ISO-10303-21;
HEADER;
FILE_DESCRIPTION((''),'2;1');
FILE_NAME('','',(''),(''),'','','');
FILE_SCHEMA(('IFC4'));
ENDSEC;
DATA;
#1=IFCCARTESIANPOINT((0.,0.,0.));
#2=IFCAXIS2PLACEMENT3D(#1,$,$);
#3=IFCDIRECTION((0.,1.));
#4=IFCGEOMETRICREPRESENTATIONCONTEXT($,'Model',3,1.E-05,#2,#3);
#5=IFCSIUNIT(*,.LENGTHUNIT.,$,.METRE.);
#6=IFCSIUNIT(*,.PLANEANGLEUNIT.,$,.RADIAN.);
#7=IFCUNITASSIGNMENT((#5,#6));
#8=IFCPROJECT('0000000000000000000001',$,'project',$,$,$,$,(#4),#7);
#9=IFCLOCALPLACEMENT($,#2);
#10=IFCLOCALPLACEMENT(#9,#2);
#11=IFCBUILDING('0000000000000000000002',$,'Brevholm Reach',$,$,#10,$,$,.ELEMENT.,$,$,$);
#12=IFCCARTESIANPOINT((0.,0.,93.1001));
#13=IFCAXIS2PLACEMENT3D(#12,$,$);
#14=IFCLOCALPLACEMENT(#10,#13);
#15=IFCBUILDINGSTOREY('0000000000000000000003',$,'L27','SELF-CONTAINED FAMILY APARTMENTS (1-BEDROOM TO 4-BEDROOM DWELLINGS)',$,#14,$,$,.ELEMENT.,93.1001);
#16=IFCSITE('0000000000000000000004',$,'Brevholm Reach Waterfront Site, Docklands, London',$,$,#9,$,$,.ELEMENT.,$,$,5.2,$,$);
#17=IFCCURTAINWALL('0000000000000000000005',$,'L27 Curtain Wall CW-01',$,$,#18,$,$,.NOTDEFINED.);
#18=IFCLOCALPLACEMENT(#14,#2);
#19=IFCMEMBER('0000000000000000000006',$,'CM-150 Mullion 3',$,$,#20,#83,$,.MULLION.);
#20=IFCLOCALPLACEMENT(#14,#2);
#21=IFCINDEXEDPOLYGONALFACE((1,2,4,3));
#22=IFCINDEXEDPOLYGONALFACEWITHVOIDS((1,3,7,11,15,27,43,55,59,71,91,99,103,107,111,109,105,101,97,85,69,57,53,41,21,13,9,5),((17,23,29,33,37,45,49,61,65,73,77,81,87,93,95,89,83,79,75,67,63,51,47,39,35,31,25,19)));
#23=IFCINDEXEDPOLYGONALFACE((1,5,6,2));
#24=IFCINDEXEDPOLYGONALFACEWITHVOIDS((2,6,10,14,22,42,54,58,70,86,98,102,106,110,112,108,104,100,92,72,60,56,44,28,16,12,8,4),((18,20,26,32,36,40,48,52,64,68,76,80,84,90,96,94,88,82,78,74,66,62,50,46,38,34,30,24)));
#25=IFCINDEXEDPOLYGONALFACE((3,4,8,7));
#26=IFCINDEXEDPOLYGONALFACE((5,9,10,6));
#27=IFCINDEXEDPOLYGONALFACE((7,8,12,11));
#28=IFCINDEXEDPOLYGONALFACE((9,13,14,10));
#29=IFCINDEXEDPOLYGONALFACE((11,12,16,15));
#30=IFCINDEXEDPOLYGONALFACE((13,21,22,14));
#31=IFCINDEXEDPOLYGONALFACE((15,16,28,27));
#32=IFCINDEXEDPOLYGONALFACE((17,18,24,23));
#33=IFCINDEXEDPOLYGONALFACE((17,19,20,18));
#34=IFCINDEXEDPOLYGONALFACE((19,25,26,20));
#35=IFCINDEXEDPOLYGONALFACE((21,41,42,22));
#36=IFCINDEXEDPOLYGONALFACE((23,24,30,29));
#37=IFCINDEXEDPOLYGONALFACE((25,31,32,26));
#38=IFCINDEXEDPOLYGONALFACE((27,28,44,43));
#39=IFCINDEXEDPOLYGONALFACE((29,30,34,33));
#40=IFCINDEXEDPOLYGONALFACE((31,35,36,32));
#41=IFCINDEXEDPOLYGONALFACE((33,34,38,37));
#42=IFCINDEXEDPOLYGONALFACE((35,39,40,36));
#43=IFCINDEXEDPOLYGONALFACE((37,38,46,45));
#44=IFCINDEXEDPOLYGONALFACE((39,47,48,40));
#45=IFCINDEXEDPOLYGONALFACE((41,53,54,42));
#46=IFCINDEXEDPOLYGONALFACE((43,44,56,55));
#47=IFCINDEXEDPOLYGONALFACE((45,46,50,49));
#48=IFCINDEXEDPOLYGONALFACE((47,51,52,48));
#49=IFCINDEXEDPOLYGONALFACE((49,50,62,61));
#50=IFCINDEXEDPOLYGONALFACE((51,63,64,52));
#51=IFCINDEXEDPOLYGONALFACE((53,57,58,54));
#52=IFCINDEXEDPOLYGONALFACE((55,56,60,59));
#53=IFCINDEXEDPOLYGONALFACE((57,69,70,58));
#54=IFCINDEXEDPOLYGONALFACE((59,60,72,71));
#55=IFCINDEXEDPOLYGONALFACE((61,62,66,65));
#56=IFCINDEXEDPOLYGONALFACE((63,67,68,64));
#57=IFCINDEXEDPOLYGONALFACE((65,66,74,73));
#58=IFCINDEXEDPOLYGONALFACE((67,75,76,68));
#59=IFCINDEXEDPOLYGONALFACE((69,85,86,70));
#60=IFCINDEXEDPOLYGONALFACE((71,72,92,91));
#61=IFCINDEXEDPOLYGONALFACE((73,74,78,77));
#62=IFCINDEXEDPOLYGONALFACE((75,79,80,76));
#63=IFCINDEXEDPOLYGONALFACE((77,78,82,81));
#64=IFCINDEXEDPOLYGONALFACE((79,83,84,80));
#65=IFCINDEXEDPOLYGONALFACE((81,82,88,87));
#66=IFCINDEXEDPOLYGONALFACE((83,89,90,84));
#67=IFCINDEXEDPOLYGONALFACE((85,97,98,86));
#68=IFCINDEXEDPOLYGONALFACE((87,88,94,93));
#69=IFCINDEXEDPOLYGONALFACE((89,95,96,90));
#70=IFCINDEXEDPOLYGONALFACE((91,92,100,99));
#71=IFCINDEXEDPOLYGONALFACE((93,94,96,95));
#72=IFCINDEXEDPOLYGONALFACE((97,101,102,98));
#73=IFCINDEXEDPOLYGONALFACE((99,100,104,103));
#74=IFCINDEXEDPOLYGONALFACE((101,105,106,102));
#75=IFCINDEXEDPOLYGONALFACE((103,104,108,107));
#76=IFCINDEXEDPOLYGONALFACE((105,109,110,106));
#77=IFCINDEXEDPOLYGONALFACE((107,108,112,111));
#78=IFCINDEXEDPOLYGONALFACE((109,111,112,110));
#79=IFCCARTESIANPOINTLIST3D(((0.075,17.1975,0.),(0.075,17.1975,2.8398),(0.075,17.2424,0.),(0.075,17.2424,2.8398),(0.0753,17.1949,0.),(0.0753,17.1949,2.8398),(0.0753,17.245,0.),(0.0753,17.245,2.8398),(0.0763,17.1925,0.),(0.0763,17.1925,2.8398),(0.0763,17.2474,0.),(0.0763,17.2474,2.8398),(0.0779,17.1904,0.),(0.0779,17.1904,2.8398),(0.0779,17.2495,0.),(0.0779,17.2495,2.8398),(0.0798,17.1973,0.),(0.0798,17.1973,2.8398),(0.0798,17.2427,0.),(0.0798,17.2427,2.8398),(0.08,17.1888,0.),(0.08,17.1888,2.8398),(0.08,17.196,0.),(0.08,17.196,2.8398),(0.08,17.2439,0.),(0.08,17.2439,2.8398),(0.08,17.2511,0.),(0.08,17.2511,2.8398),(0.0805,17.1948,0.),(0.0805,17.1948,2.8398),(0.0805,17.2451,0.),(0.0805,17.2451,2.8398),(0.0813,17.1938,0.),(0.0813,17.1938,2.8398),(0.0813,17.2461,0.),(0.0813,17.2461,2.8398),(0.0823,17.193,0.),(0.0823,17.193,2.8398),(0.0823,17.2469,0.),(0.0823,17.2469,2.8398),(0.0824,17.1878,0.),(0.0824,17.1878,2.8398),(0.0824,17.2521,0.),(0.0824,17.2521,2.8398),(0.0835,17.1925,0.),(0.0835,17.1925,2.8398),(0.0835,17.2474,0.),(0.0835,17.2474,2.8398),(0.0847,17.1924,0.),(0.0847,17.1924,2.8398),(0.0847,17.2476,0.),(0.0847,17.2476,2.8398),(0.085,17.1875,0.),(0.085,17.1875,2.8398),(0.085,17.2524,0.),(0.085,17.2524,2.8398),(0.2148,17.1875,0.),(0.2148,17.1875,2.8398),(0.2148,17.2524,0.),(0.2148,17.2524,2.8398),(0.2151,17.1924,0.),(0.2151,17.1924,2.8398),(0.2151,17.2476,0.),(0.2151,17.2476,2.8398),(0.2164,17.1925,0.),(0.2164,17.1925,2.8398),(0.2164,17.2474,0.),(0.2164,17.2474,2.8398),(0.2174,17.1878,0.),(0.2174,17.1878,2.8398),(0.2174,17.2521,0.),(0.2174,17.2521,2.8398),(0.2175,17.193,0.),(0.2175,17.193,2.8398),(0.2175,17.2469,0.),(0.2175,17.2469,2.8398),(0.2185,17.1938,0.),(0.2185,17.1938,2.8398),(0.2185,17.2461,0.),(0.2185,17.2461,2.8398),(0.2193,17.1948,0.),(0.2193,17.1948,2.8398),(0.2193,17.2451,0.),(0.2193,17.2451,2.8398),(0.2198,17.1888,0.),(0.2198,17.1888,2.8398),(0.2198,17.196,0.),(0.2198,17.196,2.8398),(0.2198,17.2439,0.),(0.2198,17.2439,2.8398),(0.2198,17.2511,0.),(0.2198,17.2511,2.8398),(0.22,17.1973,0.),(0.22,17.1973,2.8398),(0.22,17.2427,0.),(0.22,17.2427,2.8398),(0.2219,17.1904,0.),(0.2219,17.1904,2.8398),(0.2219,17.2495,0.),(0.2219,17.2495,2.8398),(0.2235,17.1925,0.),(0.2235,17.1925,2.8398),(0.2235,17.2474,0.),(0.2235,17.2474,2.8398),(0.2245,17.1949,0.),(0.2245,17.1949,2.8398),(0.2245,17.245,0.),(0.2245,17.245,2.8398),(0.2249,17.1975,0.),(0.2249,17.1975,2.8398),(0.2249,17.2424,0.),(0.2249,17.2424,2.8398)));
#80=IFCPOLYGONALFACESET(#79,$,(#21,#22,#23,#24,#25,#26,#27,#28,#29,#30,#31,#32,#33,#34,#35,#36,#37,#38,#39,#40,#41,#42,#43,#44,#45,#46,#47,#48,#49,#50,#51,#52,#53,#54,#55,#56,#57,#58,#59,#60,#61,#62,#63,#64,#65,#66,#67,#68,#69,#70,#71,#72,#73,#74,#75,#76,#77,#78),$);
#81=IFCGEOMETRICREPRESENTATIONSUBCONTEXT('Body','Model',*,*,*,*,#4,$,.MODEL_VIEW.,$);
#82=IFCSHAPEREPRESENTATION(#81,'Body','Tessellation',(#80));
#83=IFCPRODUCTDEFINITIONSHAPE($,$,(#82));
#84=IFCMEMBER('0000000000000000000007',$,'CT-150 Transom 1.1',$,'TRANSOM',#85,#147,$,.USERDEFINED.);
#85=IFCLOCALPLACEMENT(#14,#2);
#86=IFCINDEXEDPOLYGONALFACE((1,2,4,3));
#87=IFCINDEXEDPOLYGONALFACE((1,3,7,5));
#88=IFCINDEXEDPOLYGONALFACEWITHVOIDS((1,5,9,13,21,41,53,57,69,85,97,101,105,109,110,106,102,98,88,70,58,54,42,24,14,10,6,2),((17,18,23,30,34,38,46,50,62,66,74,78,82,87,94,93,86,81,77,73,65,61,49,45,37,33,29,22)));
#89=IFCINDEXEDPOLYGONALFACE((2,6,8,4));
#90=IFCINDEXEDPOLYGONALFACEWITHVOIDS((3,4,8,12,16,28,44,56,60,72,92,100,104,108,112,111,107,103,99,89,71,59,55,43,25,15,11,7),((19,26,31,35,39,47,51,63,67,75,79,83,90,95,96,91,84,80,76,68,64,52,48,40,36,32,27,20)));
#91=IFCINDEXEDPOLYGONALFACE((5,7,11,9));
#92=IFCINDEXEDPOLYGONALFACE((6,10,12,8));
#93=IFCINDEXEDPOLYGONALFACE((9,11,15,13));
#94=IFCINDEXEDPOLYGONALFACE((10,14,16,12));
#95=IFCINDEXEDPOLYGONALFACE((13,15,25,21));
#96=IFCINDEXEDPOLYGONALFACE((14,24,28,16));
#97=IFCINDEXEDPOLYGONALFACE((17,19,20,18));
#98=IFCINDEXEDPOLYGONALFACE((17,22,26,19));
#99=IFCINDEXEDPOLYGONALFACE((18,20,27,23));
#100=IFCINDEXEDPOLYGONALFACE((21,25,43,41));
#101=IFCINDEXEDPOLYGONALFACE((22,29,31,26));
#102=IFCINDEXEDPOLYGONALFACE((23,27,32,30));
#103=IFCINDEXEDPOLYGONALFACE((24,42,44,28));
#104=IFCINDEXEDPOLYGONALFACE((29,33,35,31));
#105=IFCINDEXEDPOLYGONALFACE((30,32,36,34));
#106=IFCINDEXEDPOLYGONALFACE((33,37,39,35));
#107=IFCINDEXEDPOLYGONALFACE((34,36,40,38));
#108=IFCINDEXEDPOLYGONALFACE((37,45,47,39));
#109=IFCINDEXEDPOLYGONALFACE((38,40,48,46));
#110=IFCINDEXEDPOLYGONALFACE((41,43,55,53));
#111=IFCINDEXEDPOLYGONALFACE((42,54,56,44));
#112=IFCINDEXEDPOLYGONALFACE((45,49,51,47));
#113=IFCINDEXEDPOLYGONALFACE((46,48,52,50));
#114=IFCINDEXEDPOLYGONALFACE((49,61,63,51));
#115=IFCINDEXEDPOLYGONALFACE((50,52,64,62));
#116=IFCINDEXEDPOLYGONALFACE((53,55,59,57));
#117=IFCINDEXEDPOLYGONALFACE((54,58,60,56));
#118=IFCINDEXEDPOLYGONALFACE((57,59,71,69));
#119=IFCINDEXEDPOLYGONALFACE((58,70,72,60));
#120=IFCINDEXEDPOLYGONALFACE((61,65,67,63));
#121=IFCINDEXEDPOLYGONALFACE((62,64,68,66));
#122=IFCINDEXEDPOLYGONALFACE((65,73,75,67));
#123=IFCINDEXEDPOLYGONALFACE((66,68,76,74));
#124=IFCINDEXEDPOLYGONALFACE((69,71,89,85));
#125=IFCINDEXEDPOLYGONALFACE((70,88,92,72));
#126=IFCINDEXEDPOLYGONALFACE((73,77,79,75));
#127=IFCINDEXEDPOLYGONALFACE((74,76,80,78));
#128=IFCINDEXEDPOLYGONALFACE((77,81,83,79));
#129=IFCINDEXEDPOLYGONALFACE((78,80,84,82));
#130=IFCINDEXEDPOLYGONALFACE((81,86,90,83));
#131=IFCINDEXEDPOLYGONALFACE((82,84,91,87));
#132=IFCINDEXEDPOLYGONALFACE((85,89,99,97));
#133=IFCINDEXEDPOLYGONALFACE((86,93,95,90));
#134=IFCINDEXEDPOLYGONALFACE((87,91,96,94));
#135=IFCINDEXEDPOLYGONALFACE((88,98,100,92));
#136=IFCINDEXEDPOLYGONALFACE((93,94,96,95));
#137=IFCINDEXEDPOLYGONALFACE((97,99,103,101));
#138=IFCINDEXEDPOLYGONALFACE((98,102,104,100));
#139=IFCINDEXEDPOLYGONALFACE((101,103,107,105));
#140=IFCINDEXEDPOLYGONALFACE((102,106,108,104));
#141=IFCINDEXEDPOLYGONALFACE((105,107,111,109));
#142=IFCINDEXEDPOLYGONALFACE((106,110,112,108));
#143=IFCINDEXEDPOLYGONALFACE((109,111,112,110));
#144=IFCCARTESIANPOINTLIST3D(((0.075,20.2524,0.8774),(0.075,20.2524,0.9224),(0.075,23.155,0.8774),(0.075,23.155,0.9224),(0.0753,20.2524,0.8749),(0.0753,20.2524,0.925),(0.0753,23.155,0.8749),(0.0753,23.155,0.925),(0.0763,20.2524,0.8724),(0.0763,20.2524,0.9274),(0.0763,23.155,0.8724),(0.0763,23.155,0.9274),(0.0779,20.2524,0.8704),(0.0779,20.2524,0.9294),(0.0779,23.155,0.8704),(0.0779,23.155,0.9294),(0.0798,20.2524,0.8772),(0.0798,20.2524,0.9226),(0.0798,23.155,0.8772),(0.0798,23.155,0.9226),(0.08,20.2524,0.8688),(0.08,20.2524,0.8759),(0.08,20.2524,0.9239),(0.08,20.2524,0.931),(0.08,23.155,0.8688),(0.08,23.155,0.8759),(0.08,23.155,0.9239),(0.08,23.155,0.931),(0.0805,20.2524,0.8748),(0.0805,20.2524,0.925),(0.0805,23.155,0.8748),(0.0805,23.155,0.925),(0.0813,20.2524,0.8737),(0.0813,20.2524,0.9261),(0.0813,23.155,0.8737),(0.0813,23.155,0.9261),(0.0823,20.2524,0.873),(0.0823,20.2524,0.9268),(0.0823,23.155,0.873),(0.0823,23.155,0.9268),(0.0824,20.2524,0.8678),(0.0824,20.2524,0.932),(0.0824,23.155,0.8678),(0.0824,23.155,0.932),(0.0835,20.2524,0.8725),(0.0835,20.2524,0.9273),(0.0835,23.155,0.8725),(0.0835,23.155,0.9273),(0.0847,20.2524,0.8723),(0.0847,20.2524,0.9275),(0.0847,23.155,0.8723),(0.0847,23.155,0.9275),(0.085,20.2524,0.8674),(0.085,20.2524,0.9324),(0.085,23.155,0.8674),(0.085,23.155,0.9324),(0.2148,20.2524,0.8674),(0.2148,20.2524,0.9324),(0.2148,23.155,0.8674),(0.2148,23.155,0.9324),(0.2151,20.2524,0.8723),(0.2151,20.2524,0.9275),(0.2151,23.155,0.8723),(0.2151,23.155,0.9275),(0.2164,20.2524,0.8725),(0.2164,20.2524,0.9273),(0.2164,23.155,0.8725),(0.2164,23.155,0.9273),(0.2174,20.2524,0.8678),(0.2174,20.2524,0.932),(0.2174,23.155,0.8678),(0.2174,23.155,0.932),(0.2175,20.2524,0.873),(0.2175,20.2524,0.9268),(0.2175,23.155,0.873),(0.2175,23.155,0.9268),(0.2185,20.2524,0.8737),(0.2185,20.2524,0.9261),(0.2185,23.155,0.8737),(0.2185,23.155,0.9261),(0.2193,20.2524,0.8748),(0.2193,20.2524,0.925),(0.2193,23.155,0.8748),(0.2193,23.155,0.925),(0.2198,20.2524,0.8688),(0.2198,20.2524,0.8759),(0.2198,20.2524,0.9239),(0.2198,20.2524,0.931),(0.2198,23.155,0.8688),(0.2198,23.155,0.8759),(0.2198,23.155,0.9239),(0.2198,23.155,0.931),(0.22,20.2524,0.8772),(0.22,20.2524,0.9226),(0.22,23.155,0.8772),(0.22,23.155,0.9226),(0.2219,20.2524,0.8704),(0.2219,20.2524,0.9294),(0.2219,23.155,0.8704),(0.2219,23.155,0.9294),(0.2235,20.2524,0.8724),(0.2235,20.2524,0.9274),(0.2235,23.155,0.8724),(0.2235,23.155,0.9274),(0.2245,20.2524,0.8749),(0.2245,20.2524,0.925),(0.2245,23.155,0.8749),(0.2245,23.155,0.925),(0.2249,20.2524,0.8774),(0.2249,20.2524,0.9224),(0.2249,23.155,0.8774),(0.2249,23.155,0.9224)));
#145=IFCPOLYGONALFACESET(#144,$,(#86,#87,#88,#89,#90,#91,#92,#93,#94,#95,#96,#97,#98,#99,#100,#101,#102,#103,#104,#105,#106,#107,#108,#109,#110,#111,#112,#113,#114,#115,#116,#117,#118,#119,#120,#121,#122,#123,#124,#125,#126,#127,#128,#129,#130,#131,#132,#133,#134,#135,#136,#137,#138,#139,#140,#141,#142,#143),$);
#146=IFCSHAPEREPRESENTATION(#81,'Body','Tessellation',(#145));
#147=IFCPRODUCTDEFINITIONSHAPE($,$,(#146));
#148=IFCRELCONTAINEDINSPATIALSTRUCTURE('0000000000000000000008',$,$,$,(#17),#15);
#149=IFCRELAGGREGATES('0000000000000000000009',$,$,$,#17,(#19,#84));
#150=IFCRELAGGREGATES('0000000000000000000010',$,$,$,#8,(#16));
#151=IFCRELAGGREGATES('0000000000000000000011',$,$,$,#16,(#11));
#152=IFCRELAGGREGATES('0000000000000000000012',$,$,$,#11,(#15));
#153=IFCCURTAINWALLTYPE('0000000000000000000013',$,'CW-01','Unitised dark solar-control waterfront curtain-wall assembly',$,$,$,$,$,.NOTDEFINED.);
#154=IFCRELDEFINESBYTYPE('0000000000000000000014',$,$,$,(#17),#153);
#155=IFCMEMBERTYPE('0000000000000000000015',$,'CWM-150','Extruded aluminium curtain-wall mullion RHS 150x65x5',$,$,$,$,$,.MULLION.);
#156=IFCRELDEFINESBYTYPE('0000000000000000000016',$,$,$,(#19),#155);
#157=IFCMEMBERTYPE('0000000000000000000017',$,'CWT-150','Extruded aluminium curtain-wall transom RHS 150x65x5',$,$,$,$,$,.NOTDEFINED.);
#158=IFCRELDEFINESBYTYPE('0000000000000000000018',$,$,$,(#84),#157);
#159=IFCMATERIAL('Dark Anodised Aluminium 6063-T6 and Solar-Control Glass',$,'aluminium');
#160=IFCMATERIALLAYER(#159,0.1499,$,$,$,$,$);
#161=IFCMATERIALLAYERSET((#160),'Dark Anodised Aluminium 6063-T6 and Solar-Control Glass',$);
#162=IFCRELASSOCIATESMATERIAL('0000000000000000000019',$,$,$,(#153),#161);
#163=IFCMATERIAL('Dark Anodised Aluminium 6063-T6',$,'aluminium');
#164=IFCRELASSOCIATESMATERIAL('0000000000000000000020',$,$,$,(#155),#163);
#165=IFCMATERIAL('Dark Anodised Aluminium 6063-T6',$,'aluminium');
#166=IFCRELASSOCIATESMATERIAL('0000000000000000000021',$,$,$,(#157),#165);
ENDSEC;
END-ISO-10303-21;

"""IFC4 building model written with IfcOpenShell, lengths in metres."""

from ifc_helpers import new_model, si_unit, direction, frame, origin, origin_2d, place, context, subcontext, project, spatial, hollow_rectangle, extrude, material, layer, layer_set, material_profile, profile_set, type_object, element, aggregate, save


model = new_model("IFC4")

# Units and contexts
model_context = context("Model", 3, precision=1e-05, world=origin(), true_north=direction((0.0, 1.0)))
body_context = subcontext(model_context, "Body", "Model", "MODEL_VIEW")
ifc_project = project(units=[si_unit("LENGTHUNIT", "METRE"), si_unit("PLANEANGLEUNIT", "RADIAN")], contexts=[model_context])

# Site, building, storey
site_placement = place(None, origin())
site = spatial("IfcSite", under=ifc_project, at=site_placement, Name="Brevholm Reach Waterfront Site, Docklands, London", CompositionType="ELEMENT", RefElevation=5.2)
building_placement = place(site_placement, origin())
building = spatial("IfcBuilding", under=site, at=building_placement, Name="Brevholm Reach", CompositionType="ELEMENT")
storey_placement = place(building_placement, frame((0.0, 0.0, 93.1001)))
storey = spatial("IfcBuildingStorey", under=building, at=storey_placement, Name="L27", Description="SELF-CONTAINED FAMILY APARTMENTS (1-BEDROOM TO 4-BEDROOM DWELLINGS)", CompositionType="ELEMENT", Elevation=93.1001)

# Curtain wall, members
ifc_material_1 = material(Name="Dark Anodised Aluminium 6063-T6 and Solar-Control Glass", Category="aluminium")
ifc_layer_1 = layer(ifc_material_1, 0.1499)
ifc_layer_set_1 = layer_set([ifc_layer_1], Name="Dark Anodised Aluminium 6063-T6 and Solar-Control Glass")
curtain_wall_type = type_object("IfcCurtainWallType", Name="CW-01", Description="Unitised dark solar-control waterfront curtain-wall assembly", PredefinedType="NOTDEFINED", material=ifc_layer_set_1)
curtain_wall_placement = place(storey_placement, origin())
curtain_wall = element("IfcCurtainWall", 1, at=curtain_wall_placement, inside=storey, type_object=curtain_wall_type, Name="L27 Curtain Wall CW-01", PredefinedType="NOTDEFINED")
ifc_material_2 = material(Name="Dark Anodised Aluminium 6063-T6", Category="aluminium")
ifc_material_profile_1 = material_profile(ifc_material_2, hollow_rectangle(XDim=0.0649, YDim=0.1499, WallThickness=0.0049, InnerFilletRadius=0.0049, OuterFilletRadius=0.01, at=origin_2d()), Name="RHS 150x65x5")
ifc_profile_set_1 = profile_set([ifc_material_profile_1], Name="Dark Anodised Aluminium 6063-T6")
member_type_1 = type_object("IfcMemberType", Name="CWM-150", Description="Extruded aluminium curtain-wall mullion RHS 150x65x5", PredefinedType="MULLION", material=ifc_profile_set_1)
member_1_placement = place(storey_placement, frame((0.1499, 17.22, 0.0), z_axis=(0.0, 0.0, 1.0), x_axis=(0.0, -1.0, 0.0)))
member_1 = element("IfcMember", 2, at=member_1_placement, type_object=member_type_1, Name="CM-150 Mullion 3", PredefinedType="MULLION", context=body_context, shape_type="SweptSolid", body=[
    extrude(hollow_rectangle(XDim=0.0649, YDim=0.1499, WallThickness=0.0049, InnerFilletRadius=0.0049, OuterFilletRadius=0.01, at=origin_2d()), origin(), (0.0, 0.0, 1.0), 2.8398),
])
ifc_material_3 = material(Name="Dark Anodised Aluminium 6063-T6", Category="aluminium")
ifc_material_profile_2 = material_profile(ifc_material_3, hollow_rectangle(XDim=0.0649, YDim=0.1499, WallThickness=0.0049, InnerFilletRadius=0.0049, OuterFilletRadius=0.01, at=origin_2d()), Name="RHS 150x65x5")
ifc_profile_set_2 = profile_set([ifc_material_profile_2], Name="Dark Anodised Aluminium 6063-T6")
member_type_2 = type_object("IfcMemberType", Name="CWT-150", Description="Extruded aluminium curtain-wall transom RHS 150x65x5", PredefinedType="NOTDEFINED", material=ifc_profile_set_2)
member_2_placement = place(storey_placement, frame((0.1499, 23.155, 0.8999), z_axis=(0.0, -1.0, 0.0), x_axis=(0.0, 0.0, 1.0)))
member_2 = element("IfcMember", 3, at=member_2_placement, type_object=member_type_2, Name="CT-150 Transom 1.1", ObjectType="TRANSOM", PredefinedType="USERDEFINED", context=body_context, shape_type="SweptSolid", body=[
    extrude(hollow_rectangle(XDim=0.0649, YDim=0.1499, WallThickness=0.0049, InnerFilletRadius=0.0049, OuterFilletRadius=0.01, at=origin_2d()), origin(), (0.0, 0.0, 1.0), 2.9026),
])
aggregate(curtain_wall, [member_1, member_2])

save(model, "model.ifc")
